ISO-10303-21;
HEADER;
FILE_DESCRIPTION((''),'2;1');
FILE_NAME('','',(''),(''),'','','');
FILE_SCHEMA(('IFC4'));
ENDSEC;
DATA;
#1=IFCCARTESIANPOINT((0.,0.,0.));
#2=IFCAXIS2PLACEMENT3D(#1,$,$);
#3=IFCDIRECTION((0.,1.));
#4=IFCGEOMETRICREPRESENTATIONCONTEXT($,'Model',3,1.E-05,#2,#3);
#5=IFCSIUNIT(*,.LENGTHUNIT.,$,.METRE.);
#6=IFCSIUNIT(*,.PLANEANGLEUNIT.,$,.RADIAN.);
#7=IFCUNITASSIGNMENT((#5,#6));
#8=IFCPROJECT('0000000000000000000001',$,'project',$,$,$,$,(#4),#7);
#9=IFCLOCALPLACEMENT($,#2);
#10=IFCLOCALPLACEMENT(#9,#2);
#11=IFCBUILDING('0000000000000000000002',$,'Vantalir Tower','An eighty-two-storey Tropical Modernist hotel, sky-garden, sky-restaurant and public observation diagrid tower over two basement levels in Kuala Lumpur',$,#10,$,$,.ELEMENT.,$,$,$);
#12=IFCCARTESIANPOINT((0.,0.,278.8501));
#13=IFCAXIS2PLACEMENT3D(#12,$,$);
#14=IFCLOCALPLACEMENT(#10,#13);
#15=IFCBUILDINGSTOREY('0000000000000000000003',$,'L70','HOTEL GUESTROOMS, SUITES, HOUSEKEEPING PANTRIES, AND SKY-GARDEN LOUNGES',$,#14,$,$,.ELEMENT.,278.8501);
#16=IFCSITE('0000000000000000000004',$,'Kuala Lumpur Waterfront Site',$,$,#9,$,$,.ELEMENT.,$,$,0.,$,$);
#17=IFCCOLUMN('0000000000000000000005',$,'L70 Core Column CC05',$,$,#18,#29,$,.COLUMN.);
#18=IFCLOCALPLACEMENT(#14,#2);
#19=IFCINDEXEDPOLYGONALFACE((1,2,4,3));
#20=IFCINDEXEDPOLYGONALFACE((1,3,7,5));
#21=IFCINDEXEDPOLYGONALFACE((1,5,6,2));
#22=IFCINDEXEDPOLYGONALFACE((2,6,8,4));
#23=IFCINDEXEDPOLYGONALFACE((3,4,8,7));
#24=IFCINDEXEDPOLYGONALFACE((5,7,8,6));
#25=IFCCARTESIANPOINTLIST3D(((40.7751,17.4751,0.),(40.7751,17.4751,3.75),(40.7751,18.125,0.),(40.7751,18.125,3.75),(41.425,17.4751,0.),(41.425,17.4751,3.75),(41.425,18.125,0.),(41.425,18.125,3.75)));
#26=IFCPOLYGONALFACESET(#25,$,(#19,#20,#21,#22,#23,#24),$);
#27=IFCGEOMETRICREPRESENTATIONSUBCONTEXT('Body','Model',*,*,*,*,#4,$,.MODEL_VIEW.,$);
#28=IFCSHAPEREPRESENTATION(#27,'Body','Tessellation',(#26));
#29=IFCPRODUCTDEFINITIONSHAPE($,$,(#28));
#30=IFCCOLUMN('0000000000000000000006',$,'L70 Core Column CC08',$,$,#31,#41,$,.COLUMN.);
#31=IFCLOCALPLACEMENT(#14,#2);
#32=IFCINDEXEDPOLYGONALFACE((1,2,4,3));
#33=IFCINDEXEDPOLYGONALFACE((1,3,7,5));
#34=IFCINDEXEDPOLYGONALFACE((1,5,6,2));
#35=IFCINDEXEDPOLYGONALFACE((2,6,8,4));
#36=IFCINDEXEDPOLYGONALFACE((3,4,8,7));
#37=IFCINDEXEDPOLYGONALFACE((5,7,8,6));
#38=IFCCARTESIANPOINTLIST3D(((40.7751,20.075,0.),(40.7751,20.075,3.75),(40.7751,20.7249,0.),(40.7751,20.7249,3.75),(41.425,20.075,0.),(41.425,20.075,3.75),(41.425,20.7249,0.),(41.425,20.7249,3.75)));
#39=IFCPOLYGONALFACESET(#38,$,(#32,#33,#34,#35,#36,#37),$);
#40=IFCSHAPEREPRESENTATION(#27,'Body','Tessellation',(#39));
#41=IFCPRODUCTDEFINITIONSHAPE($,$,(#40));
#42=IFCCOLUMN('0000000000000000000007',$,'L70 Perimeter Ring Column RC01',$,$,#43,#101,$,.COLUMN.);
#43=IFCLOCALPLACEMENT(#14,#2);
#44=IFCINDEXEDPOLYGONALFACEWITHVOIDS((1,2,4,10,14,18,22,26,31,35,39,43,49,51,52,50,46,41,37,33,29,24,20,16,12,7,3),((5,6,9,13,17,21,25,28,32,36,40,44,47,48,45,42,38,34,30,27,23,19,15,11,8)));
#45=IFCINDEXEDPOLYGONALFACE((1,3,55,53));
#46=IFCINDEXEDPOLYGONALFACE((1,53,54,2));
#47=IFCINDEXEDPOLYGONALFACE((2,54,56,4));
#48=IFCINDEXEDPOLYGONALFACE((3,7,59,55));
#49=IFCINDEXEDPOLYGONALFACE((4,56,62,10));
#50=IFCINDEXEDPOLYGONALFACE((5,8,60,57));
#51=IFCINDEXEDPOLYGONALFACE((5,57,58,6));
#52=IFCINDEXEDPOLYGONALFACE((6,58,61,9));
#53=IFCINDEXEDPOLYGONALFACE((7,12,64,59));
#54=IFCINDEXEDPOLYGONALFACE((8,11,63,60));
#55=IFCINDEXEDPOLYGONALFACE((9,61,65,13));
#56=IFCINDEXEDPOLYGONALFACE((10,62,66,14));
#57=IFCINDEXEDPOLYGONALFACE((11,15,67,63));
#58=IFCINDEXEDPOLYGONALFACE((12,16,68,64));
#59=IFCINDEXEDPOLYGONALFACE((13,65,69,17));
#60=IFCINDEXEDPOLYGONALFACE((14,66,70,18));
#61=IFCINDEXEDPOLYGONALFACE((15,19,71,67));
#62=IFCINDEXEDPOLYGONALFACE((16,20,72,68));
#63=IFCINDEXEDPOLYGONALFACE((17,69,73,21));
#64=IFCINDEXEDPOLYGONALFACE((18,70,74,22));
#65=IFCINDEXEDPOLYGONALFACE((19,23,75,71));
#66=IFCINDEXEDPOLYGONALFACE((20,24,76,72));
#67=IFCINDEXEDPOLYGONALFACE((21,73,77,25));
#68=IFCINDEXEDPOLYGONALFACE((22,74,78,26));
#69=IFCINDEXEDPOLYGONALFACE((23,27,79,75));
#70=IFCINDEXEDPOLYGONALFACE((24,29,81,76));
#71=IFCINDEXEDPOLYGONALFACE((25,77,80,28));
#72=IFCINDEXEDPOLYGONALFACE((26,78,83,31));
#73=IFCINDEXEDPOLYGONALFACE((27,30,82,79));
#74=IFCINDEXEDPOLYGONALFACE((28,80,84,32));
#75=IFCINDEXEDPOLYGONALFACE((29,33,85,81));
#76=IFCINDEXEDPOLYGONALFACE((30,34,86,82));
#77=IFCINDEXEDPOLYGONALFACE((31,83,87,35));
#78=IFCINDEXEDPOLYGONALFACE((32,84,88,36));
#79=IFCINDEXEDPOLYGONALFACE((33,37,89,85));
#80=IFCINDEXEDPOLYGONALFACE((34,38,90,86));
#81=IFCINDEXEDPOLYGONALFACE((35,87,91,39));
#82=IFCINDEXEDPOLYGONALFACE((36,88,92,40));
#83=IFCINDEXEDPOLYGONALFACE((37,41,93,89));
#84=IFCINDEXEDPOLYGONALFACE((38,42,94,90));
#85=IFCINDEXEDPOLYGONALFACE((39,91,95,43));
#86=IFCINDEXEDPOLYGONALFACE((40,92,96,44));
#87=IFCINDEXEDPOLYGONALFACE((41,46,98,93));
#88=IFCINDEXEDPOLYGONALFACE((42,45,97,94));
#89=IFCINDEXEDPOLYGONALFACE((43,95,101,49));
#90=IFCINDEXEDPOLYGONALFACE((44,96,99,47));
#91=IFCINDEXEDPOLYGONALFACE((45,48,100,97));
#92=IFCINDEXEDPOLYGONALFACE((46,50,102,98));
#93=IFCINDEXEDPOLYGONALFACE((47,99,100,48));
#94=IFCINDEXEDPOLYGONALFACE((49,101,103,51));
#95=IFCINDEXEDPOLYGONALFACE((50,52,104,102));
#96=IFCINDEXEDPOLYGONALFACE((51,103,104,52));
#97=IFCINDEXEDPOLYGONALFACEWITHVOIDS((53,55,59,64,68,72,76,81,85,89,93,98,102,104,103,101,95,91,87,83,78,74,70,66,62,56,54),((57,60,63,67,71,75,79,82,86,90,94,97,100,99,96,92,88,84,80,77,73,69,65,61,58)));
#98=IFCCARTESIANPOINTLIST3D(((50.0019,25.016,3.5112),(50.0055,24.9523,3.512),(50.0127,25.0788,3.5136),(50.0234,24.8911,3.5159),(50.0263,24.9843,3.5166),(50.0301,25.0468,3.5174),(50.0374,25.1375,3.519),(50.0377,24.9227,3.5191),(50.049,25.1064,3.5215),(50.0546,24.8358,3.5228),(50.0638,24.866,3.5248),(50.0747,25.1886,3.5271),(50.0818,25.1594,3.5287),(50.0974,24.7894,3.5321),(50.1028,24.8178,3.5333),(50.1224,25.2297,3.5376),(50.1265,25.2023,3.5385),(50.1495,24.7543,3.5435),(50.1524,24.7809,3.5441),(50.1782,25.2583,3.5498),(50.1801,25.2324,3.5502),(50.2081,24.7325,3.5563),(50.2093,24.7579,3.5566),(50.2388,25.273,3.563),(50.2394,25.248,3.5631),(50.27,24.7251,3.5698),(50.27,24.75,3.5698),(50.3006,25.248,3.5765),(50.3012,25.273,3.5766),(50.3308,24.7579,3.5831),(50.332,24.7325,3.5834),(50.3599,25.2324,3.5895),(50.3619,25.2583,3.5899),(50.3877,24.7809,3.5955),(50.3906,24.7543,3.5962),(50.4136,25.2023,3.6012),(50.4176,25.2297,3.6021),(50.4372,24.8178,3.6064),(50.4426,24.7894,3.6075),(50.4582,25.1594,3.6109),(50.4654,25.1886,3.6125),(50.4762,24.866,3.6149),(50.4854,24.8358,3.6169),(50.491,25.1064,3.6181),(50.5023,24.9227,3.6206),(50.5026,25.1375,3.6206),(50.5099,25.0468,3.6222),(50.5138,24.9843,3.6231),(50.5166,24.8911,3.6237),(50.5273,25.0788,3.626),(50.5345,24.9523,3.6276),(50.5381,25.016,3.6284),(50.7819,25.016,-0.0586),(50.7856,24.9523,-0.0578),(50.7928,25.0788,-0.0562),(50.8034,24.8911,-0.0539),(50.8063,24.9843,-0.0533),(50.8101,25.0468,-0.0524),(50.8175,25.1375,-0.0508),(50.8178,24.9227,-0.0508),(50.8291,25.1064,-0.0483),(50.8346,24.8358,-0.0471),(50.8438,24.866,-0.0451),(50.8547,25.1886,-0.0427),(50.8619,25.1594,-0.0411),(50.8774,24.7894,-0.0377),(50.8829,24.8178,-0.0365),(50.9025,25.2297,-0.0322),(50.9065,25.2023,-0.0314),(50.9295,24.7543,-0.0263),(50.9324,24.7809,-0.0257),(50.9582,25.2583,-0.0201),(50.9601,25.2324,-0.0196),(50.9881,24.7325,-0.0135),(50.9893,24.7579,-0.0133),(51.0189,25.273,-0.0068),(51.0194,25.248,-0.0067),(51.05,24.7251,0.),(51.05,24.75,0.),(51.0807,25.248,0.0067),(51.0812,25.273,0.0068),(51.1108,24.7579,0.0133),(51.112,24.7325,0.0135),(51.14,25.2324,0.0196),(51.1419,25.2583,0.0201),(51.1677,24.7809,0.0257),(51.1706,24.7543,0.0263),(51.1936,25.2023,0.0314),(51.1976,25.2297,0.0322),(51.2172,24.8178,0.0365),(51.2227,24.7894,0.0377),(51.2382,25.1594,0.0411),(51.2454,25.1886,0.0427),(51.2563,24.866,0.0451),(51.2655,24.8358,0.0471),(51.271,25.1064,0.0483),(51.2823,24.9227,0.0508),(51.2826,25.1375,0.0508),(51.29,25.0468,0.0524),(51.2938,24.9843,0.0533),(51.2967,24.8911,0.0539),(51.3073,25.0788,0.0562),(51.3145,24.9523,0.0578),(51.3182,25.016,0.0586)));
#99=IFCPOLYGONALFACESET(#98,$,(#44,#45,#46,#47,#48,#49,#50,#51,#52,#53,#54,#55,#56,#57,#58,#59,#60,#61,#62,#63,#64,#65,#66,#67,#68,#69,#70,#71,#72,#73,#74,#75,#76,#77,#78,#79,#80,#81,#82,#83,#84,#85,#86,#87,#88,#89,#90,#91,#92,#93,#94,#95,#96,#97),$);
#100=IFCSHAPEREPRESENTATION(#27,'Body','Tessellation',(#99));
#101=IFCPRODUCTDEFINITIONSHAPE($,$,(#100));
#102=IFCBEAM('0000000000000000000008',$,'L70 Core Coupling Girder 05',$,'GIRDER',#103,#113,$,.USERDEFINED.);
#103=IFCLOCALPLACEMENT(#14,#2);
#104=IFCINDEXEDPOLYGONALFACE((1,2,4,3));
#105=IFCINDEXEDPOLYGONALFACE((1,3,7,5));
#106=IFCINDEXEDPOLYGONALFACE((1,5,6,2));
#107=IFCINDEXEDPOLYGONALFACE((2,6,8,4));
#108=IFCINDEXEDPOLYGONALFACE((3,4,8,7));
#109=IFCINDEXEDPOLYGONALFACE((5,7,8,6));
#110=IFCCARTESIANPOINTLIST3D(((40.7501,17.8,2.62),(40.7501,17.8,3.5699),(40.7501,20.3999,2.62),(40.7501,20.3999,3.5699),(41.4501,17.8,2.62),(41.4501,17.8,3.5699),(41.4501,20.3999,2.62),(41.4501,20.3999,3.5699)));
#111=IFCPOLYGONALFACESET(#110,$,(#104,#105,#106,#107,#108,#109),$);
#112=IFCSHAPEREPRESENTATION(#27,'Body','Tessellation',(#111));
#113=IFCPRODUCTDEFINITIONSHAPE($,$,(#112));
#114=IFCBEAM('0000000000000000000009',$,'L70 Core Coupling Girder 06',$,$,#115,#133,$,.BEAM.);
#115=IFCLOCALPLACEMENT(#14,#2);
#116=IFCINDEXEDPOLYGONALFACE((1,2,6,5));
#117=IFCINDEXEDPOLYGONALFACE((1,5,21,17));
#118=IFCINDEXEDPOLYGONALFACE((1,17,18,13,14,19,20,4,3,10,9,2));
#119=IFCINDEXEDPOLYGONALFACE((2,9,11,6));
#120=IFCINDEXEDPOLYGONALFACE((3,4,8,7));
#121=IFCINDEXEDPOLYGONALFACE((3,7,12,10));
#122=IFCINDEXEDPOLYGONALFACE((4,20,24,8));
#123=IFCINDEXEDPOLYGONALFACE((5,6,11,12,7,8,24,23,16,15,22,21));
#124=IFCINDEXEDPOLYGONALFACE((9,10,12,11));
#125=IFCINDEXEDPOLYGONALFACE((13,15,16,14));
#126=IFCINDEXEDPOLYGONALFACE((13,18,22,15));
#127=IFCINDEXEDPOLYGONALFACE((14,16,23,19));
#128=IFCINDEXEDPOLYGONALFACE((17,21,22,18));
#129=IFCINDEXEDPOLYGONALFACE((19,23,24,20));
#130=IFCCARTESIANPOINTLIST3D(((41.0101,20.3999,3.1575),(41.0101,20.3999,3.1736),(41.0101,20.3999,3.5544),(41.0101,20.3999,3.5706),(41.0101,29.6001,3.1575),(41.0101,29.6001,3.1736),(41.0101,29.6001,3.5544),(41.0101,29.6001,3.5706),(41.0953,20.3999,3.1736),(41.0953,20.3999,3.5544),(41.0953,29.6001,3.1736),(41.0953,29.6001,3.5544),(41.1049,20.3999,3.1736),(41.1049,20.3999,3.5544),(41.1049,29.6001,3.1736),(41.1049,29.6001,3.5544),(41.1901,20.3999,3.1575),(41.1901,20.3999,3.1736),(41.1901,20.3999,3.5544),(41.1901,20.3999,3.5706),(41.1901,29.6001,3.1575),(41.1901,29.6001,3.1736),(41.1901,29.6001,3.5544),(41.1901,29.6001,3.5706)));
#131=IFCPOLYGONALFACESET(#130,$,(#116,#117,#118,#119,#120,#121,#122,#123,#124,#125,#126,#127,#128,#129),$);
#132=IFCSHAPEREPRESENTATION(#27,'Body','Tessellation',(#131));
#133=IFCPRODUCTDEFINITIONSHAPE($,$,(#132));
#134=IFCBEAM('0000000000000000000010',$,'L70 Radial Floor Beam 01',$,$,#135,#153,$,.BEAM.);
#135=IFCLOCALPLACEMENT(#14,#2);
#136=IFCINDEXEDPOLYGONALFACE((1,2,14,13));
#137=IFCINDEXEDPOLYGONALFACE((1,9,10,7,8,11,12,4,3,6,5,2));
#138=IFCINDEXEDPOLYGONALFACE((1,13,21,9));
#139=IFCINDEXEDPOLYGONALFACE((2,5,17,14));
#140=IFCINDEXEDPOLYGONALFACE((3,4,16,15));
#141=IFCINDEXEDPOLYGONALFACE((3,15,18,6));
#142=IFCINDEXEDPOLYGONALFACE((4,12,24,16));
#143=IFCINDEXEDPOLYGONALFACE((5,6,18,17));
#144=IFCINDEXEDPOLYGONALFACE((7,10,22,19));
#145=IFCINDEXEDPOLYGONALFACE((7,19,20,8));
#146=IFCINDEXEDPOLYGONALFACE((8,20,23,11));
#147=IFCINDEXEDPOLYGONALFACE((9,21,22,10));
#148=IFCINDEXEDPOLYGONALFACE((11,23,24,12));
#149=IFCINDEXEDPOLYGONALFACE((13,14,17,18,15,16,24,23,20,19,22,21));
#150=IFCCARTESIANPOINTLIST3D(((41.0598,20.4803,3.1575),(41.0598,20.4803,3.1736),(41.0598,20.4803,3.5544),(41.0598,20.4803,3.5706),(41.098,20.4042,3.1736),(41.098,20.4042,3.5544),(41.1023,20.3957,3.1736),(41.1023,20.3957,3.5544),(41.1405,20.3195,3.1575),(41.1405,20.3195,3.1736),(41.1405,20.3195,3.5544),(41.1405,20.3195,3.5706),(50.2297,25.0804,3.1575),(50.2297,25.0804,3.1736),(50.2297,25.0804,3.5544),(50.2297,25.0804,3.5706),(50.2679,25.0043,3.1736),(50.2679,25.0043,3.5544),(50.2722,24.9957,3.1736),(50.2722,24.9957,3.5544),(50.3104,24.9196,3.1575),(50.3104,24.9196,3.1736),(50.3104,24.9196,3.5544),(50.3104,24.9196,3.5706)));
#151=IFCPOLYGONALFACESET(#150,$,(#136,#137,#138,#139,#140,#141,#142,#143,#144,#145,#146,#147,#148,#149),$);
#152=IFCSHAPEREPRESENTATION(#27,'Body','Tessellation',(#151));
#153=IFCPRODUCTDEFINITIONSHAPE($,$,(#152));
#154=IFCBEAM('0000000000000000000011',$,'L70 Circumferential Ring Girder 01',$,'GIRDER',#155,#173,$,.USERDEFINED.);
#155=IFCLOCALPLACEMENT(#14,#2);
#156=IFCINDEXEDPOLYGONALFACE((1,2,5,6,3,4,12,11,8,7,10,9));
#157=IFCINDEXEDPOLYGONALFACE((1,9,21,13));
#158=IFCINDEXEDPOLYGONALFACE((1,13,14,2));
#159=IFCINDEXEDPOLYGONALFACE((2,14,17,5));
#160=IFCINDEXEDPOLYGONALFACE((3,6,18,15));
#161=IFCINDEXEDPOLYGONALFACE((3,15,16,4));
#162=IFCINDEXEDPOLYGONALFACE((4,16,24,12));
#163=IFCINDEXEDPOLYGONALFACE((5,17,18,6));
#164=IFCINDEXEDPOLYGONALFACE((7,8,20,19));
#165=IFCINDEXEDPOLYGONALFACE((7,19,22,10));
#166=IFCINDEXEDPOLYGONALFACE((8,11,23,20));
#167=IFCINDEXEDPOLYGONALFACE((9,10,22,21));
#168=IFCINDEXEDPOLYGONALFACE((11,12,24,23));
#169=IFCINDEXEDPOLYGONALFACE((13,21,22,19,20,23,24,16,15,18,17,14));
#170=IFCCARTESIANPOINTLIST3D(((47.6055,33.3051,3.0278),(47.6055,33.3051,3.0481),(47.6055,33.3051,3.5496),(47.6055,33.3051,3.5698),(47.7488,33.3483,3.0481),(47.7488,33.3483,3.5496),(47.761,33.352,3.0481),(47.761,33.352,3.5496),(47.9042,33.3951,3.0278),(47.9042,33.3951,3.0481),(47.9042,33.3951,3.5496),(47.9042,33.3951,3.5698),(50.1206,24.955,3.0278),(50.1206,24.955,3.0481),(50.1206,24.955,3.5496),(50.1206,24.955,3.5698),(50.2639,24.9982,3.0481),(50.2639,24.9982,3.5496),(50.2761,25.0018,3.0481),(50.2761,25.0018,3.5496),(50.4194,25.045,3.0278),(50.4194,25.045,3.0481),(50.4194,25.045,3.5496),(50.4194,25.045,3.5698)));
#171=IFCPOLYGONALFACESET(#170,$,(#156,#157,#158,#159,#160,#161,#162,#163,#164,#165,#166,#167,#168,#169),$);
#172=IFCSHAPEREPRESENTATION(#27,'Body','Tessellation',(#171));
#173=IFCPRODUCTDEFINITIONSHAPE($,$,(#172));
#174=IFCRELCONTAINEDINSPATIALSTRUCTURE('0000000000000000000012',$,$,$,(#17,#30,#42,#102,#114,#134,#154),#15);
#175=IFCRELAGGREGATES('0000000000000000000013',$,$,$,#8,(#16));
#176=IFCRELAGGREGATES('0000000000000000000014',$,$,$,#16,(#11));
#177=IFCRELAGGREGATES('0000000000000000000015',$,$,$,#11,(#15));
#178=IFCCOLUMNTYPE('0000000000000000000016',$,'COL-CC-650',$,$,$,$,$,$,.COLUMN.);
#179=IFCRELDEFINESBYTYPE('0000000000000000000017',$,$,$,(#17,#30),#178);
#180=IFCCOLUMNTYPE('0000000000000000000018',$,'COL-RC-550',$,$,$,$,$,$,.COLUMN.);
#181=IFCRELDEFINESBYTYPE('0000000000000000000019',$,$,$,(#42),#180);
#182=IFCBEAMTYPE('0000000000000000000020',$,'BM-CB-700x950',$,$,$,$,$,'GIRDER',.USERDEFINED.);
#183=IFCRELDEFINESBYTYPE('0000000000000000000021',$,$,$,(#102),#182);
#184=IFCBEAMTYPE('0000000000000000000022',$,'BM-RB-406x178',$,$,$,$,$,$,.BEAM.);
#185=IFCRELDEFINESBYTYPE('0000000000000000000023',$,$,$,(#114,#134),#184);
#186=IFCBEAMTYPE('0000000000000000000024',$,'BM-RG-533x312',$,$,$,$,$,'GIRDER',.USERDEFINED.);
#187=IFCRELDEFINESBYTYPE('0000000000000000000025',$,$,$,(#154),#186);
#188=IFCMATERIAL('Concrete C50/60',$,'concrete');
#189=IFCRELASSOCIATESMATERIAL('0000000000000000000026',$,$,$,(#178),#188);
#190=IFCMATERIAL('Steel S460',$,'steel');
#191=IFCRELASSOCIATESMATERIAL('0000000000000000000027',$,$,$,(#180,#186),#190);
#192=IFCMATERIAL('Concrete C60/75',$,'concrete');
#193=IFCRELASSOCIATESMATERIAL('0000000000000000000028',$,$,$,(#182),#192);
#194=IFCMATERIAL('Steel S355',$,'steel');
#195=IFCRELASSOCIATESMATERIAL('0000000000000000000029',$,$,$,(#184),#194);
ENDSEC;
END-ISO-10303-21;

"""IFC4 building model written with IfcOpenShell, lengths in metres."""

from ifc_helpers import new_model, si_unit, direction, frame, origin, origin_2d, place, context, subcontext, project, spatial, rectangle, hollow_circle, i_section, extrude, material, material_profile, profile_set, type_object, element, save


model = new_model("IFC4")

# Units and contexts
model_context = context("Model", 3, precision=1e-05, world=origin(), true_north=direction((0.0, 1.0)))
body_context = subcontext(model_context, "Body", "Model", "MODEL_VIEW")
ifc_project = project(units=[si_unit("LENGTHUNIT", "METRE"), si_unit("PLANEANGLEUNIT", "RADIAN")], contexts=[model_context])

# Site, building, storey
site_placement = place(None, origin())
site = spatial("IfcSite", under=ifc_project, at=site_placement, Name="Kuala Lumpur Waterfront Site", CompositionType="ELEMENT", RefElevation=0.0)
building_placement = place(site_placement, origin())
building = spatial("IfcBuilding", under=site, at=building_placement, Name="Vantalir Tower", Description="An eighty-two-storey Tropical Modernist hotel, sky-garden, sky-restaurant and public observation diagrid tower over two basement levels in Kuala Lumpur", CompositionType="ELEMENT")
storey_placement = place(building_placement, frame((0.0, 0.0, 278.8501)))
storey = spatial("IfcBuildingStorey", under=building, at=storey_placement, Name="L70", Description="HOTEL GUESTROOMS, SUITES, HOUSEKEEPING PANTRIES, AND SKY-GARDEN LOUNGES", CompositionType="ELEMENT", Elevation=278.8501)

# Columns
ifc_material_1 = material(Name="Concrete C50/60", Category="concrete")
ifc_material_profile_1 = material_profile(ifc_material_1, rectangle(XDim=0.6499, YDim=0.6499, at=origin_2d()), Name="Concrete C50/60")
ifc_profile_set_1 = profile_set([ifc_material_profile_1], Name="Concrete C50/60")
column_type_1 = type_object("IfcColumnType", Name="COL-CC-650", PredefinedType="COLUMN", material=ifc_profile_set_1)
for number, where, z_axis, x_axis, name in (
    (1, (41.1001, 17.8, 0.0), (0.0, 0.0, 1.0), (1.0, 0.0, 0.0), "L70 Core Column CC05"),
    (2, (41.1001, 20.3999, 0.0), (0.0, 0.0, 1.0), (1.0, 0.0, 0.0), "L70 Core Column CC08"),
):
    element("IfcColumn", number, at=place(storey_placement, frame(where, z_axis=z_axis, x_axis=x_axis)), inside=storey, type_object=column_type_1, Name=name, PredefinedType="COLUMN", context=body_context, shape_type="SweptSolid", body=[
        extrude(rectangle(XDim=0.6499, YDim=0.6499, at=origin_2d()), origin(), (0.0, 0.0, 1.0), 3.75),
    ])
ifc_material_2 = material(Name="Steel S460", Category="steel")
ifc_material_profile_2 = material_profile(ifc_material_2, hollow_circle(Radius=0.2749, WallThickness=0.0249, at=origin_2d()), Name="Steel S460")
ifc_profile_set_2 = profile_set([ifc_material_profile_2], Name="Steel S460")
column_type_2 = type_object("IfcColumnType", Name="COL-RC-550", PredefinedType="COLUMN", material=ifc_profile_set_2)
column_placement = place(storey_placement, frame((51.05, 25.0, 0.0), z_axis=(-0.21347, 0.0, 0.97695), x_axis=(0.0, -1.0, 0.0)))
element("IfcColumn", 3, at=column_placement, inside=storey, type_object=column_type_2, Name="L70 Perimeter Ring Column RC01", PredefinedType="COLUMN", context=body_context, shape_type="SweptSolid", body=[
    extrude(hollow_circle(Radius=0.2749, WallThickness=0.0249, at=origin_2d()), origin(), (0.0, 0.0, 1.0), 3.6541),
])

# Beams
ifc_material_3 = material(Name="Concrete C60/75", Category="concrete")
ifc_material_profile_3 = material_profile(ifc_material_3, rectangle(XDim=0.7, YDim=0.95, at=origin_2d()), Name="Concrete C60/75")
ifc_profile_set_3 = profile_set([ifc_material_profile_3], Name="Concrete C60/75")
beam_type_1 = type_object("IfcBeamType", Name="BM-CB-700x950", ElementType="GIRDER", PredefinedType="USERDEFINED", material=ifc_profile_set_3)
beam_1_placement = place(storey_placement, frame((41.1001, 17.8, 3.095), z_axis=(0.0, 1.0, 0.0), x_axis=(-1.0, 0.0, 0.0)))
element("IfcBeam", 4, at=beam_1_placement, inside=storey, type_object=beam_type_1, Name="L70 Core Coupling Girder 05", ObjectType="GIRDER", PredefinedType="USERDEFINED", context=body_context, shape_type="SweptSolid", body=[
    extrude(rectangle(XDim=0.7, YDim=0.95, at=origin_2d()), origin(), (0.0, 0.0, 1.0), 2.5999),
])
ifc_material_4 = material(Name="Steel S355", Category="steel")
ifc_material_profile_4 = material_profile(ifc_material_4, i_section(OverallWidth=0.1799, OverallDepth=0.4131, WebThickness=0.0095, FlangeThickness=0.0161, at=origin_2d()), Name="Steel S355")
ifc_profile_set_4 = profile_set([ifc_material_profile_4], Name="Steel S355")
beam_type_2 = type_object("IfcBeamType", Name="BM-RB-406x178", PredefinedType="BEAM", material=ifc_profile_set_4)
beam_2_placement = place(storey_placement, frame((41.1001, 20.3999, 3.364), z_axis=(0.0, 1.0, 0.0), x_axis=(-1.0, 0.0, 0.0)))
element("IfcBeam", 5, at=beam_2_placement, inside=storey, type_object=beam_type_2, Name="L70 Core Coupling Girder 06", PredefinedType="BEAM", context=body_context, shape_type="SweptSolid", body=[
    extrude(i_section(OverallWidth=0.1799, OverallDepth=0.4131, WebThickness=0.0095, FlangeThickness=0.0161, at=origin_2d()), origin(), (0.0, 0.0, 1.0), 9.2002),
])
beam_3_placement = place(storey_placement, frame((50.27, 25.0, 3.364), z_axis=(-0.893836, -0.448394, 0.0), x_axis=(0.448394, -0.893836, 0.0)))
element("IfcBeam", 6, at=beam_3_placement, inside=storey, type_object=beam_type_2, Name="L70 Radial Floor Beam 01", PredefinedType="BEAM", context=body_context, shape_type="SweptSolid", body=[
    extrude(i_section(OverallWidth=0.1799, OverallDepth=0.4131, WebThickness=0.0095, FlangeThickness=0.0161, at=origin_2d()), origin(), (0.0, 0.0, 1.0), 10.259),
])
ifc_material_profile_5 = material_profile(ifc_material_2, i_section(OverallWidth=0.312, OverallDepth=0.542, WebThickness=0.0127, FlangeThickness=0.0203, at=origin_2d()), Name="Steel S460")
ifc_profile_set_5 = profile_set([ifc_material_profile_5], Name="Steel S460")
beam_type_3 = type_object("IfcBeamType", Name="BM-RG-533x312", ElementType="GIRDER", PredefinedType="USERDEFINED", material=ifc_profile_set_5)
beam_4_placement = place(storey_placement, frame((50.27, 25.0, 3.2988), z_axis=(-0.288411, 0.957507, 0.0), x_axis=(-0.957507, -0.288411, 0.0)))
element("IfcBeam", 7, at=beam_4_placement, inside=storey, type_object=beam_type_3, Name="L70 Circumferential Ring Girder 01", ObjectType="GIRDER", PredefinedType="USERDEFINED", context=body_context, shape_type="SweptSolid", body=[
    extrude(i_section(OverallWidth=0.312, OverallDepth=0.542, WebThickness=0.0127, FlangeThickness=0.0203, at=origin_2d()), origin(), (0.0, 0.0, 1.0), 8.7207),
])

save(model, "model.ifc")
